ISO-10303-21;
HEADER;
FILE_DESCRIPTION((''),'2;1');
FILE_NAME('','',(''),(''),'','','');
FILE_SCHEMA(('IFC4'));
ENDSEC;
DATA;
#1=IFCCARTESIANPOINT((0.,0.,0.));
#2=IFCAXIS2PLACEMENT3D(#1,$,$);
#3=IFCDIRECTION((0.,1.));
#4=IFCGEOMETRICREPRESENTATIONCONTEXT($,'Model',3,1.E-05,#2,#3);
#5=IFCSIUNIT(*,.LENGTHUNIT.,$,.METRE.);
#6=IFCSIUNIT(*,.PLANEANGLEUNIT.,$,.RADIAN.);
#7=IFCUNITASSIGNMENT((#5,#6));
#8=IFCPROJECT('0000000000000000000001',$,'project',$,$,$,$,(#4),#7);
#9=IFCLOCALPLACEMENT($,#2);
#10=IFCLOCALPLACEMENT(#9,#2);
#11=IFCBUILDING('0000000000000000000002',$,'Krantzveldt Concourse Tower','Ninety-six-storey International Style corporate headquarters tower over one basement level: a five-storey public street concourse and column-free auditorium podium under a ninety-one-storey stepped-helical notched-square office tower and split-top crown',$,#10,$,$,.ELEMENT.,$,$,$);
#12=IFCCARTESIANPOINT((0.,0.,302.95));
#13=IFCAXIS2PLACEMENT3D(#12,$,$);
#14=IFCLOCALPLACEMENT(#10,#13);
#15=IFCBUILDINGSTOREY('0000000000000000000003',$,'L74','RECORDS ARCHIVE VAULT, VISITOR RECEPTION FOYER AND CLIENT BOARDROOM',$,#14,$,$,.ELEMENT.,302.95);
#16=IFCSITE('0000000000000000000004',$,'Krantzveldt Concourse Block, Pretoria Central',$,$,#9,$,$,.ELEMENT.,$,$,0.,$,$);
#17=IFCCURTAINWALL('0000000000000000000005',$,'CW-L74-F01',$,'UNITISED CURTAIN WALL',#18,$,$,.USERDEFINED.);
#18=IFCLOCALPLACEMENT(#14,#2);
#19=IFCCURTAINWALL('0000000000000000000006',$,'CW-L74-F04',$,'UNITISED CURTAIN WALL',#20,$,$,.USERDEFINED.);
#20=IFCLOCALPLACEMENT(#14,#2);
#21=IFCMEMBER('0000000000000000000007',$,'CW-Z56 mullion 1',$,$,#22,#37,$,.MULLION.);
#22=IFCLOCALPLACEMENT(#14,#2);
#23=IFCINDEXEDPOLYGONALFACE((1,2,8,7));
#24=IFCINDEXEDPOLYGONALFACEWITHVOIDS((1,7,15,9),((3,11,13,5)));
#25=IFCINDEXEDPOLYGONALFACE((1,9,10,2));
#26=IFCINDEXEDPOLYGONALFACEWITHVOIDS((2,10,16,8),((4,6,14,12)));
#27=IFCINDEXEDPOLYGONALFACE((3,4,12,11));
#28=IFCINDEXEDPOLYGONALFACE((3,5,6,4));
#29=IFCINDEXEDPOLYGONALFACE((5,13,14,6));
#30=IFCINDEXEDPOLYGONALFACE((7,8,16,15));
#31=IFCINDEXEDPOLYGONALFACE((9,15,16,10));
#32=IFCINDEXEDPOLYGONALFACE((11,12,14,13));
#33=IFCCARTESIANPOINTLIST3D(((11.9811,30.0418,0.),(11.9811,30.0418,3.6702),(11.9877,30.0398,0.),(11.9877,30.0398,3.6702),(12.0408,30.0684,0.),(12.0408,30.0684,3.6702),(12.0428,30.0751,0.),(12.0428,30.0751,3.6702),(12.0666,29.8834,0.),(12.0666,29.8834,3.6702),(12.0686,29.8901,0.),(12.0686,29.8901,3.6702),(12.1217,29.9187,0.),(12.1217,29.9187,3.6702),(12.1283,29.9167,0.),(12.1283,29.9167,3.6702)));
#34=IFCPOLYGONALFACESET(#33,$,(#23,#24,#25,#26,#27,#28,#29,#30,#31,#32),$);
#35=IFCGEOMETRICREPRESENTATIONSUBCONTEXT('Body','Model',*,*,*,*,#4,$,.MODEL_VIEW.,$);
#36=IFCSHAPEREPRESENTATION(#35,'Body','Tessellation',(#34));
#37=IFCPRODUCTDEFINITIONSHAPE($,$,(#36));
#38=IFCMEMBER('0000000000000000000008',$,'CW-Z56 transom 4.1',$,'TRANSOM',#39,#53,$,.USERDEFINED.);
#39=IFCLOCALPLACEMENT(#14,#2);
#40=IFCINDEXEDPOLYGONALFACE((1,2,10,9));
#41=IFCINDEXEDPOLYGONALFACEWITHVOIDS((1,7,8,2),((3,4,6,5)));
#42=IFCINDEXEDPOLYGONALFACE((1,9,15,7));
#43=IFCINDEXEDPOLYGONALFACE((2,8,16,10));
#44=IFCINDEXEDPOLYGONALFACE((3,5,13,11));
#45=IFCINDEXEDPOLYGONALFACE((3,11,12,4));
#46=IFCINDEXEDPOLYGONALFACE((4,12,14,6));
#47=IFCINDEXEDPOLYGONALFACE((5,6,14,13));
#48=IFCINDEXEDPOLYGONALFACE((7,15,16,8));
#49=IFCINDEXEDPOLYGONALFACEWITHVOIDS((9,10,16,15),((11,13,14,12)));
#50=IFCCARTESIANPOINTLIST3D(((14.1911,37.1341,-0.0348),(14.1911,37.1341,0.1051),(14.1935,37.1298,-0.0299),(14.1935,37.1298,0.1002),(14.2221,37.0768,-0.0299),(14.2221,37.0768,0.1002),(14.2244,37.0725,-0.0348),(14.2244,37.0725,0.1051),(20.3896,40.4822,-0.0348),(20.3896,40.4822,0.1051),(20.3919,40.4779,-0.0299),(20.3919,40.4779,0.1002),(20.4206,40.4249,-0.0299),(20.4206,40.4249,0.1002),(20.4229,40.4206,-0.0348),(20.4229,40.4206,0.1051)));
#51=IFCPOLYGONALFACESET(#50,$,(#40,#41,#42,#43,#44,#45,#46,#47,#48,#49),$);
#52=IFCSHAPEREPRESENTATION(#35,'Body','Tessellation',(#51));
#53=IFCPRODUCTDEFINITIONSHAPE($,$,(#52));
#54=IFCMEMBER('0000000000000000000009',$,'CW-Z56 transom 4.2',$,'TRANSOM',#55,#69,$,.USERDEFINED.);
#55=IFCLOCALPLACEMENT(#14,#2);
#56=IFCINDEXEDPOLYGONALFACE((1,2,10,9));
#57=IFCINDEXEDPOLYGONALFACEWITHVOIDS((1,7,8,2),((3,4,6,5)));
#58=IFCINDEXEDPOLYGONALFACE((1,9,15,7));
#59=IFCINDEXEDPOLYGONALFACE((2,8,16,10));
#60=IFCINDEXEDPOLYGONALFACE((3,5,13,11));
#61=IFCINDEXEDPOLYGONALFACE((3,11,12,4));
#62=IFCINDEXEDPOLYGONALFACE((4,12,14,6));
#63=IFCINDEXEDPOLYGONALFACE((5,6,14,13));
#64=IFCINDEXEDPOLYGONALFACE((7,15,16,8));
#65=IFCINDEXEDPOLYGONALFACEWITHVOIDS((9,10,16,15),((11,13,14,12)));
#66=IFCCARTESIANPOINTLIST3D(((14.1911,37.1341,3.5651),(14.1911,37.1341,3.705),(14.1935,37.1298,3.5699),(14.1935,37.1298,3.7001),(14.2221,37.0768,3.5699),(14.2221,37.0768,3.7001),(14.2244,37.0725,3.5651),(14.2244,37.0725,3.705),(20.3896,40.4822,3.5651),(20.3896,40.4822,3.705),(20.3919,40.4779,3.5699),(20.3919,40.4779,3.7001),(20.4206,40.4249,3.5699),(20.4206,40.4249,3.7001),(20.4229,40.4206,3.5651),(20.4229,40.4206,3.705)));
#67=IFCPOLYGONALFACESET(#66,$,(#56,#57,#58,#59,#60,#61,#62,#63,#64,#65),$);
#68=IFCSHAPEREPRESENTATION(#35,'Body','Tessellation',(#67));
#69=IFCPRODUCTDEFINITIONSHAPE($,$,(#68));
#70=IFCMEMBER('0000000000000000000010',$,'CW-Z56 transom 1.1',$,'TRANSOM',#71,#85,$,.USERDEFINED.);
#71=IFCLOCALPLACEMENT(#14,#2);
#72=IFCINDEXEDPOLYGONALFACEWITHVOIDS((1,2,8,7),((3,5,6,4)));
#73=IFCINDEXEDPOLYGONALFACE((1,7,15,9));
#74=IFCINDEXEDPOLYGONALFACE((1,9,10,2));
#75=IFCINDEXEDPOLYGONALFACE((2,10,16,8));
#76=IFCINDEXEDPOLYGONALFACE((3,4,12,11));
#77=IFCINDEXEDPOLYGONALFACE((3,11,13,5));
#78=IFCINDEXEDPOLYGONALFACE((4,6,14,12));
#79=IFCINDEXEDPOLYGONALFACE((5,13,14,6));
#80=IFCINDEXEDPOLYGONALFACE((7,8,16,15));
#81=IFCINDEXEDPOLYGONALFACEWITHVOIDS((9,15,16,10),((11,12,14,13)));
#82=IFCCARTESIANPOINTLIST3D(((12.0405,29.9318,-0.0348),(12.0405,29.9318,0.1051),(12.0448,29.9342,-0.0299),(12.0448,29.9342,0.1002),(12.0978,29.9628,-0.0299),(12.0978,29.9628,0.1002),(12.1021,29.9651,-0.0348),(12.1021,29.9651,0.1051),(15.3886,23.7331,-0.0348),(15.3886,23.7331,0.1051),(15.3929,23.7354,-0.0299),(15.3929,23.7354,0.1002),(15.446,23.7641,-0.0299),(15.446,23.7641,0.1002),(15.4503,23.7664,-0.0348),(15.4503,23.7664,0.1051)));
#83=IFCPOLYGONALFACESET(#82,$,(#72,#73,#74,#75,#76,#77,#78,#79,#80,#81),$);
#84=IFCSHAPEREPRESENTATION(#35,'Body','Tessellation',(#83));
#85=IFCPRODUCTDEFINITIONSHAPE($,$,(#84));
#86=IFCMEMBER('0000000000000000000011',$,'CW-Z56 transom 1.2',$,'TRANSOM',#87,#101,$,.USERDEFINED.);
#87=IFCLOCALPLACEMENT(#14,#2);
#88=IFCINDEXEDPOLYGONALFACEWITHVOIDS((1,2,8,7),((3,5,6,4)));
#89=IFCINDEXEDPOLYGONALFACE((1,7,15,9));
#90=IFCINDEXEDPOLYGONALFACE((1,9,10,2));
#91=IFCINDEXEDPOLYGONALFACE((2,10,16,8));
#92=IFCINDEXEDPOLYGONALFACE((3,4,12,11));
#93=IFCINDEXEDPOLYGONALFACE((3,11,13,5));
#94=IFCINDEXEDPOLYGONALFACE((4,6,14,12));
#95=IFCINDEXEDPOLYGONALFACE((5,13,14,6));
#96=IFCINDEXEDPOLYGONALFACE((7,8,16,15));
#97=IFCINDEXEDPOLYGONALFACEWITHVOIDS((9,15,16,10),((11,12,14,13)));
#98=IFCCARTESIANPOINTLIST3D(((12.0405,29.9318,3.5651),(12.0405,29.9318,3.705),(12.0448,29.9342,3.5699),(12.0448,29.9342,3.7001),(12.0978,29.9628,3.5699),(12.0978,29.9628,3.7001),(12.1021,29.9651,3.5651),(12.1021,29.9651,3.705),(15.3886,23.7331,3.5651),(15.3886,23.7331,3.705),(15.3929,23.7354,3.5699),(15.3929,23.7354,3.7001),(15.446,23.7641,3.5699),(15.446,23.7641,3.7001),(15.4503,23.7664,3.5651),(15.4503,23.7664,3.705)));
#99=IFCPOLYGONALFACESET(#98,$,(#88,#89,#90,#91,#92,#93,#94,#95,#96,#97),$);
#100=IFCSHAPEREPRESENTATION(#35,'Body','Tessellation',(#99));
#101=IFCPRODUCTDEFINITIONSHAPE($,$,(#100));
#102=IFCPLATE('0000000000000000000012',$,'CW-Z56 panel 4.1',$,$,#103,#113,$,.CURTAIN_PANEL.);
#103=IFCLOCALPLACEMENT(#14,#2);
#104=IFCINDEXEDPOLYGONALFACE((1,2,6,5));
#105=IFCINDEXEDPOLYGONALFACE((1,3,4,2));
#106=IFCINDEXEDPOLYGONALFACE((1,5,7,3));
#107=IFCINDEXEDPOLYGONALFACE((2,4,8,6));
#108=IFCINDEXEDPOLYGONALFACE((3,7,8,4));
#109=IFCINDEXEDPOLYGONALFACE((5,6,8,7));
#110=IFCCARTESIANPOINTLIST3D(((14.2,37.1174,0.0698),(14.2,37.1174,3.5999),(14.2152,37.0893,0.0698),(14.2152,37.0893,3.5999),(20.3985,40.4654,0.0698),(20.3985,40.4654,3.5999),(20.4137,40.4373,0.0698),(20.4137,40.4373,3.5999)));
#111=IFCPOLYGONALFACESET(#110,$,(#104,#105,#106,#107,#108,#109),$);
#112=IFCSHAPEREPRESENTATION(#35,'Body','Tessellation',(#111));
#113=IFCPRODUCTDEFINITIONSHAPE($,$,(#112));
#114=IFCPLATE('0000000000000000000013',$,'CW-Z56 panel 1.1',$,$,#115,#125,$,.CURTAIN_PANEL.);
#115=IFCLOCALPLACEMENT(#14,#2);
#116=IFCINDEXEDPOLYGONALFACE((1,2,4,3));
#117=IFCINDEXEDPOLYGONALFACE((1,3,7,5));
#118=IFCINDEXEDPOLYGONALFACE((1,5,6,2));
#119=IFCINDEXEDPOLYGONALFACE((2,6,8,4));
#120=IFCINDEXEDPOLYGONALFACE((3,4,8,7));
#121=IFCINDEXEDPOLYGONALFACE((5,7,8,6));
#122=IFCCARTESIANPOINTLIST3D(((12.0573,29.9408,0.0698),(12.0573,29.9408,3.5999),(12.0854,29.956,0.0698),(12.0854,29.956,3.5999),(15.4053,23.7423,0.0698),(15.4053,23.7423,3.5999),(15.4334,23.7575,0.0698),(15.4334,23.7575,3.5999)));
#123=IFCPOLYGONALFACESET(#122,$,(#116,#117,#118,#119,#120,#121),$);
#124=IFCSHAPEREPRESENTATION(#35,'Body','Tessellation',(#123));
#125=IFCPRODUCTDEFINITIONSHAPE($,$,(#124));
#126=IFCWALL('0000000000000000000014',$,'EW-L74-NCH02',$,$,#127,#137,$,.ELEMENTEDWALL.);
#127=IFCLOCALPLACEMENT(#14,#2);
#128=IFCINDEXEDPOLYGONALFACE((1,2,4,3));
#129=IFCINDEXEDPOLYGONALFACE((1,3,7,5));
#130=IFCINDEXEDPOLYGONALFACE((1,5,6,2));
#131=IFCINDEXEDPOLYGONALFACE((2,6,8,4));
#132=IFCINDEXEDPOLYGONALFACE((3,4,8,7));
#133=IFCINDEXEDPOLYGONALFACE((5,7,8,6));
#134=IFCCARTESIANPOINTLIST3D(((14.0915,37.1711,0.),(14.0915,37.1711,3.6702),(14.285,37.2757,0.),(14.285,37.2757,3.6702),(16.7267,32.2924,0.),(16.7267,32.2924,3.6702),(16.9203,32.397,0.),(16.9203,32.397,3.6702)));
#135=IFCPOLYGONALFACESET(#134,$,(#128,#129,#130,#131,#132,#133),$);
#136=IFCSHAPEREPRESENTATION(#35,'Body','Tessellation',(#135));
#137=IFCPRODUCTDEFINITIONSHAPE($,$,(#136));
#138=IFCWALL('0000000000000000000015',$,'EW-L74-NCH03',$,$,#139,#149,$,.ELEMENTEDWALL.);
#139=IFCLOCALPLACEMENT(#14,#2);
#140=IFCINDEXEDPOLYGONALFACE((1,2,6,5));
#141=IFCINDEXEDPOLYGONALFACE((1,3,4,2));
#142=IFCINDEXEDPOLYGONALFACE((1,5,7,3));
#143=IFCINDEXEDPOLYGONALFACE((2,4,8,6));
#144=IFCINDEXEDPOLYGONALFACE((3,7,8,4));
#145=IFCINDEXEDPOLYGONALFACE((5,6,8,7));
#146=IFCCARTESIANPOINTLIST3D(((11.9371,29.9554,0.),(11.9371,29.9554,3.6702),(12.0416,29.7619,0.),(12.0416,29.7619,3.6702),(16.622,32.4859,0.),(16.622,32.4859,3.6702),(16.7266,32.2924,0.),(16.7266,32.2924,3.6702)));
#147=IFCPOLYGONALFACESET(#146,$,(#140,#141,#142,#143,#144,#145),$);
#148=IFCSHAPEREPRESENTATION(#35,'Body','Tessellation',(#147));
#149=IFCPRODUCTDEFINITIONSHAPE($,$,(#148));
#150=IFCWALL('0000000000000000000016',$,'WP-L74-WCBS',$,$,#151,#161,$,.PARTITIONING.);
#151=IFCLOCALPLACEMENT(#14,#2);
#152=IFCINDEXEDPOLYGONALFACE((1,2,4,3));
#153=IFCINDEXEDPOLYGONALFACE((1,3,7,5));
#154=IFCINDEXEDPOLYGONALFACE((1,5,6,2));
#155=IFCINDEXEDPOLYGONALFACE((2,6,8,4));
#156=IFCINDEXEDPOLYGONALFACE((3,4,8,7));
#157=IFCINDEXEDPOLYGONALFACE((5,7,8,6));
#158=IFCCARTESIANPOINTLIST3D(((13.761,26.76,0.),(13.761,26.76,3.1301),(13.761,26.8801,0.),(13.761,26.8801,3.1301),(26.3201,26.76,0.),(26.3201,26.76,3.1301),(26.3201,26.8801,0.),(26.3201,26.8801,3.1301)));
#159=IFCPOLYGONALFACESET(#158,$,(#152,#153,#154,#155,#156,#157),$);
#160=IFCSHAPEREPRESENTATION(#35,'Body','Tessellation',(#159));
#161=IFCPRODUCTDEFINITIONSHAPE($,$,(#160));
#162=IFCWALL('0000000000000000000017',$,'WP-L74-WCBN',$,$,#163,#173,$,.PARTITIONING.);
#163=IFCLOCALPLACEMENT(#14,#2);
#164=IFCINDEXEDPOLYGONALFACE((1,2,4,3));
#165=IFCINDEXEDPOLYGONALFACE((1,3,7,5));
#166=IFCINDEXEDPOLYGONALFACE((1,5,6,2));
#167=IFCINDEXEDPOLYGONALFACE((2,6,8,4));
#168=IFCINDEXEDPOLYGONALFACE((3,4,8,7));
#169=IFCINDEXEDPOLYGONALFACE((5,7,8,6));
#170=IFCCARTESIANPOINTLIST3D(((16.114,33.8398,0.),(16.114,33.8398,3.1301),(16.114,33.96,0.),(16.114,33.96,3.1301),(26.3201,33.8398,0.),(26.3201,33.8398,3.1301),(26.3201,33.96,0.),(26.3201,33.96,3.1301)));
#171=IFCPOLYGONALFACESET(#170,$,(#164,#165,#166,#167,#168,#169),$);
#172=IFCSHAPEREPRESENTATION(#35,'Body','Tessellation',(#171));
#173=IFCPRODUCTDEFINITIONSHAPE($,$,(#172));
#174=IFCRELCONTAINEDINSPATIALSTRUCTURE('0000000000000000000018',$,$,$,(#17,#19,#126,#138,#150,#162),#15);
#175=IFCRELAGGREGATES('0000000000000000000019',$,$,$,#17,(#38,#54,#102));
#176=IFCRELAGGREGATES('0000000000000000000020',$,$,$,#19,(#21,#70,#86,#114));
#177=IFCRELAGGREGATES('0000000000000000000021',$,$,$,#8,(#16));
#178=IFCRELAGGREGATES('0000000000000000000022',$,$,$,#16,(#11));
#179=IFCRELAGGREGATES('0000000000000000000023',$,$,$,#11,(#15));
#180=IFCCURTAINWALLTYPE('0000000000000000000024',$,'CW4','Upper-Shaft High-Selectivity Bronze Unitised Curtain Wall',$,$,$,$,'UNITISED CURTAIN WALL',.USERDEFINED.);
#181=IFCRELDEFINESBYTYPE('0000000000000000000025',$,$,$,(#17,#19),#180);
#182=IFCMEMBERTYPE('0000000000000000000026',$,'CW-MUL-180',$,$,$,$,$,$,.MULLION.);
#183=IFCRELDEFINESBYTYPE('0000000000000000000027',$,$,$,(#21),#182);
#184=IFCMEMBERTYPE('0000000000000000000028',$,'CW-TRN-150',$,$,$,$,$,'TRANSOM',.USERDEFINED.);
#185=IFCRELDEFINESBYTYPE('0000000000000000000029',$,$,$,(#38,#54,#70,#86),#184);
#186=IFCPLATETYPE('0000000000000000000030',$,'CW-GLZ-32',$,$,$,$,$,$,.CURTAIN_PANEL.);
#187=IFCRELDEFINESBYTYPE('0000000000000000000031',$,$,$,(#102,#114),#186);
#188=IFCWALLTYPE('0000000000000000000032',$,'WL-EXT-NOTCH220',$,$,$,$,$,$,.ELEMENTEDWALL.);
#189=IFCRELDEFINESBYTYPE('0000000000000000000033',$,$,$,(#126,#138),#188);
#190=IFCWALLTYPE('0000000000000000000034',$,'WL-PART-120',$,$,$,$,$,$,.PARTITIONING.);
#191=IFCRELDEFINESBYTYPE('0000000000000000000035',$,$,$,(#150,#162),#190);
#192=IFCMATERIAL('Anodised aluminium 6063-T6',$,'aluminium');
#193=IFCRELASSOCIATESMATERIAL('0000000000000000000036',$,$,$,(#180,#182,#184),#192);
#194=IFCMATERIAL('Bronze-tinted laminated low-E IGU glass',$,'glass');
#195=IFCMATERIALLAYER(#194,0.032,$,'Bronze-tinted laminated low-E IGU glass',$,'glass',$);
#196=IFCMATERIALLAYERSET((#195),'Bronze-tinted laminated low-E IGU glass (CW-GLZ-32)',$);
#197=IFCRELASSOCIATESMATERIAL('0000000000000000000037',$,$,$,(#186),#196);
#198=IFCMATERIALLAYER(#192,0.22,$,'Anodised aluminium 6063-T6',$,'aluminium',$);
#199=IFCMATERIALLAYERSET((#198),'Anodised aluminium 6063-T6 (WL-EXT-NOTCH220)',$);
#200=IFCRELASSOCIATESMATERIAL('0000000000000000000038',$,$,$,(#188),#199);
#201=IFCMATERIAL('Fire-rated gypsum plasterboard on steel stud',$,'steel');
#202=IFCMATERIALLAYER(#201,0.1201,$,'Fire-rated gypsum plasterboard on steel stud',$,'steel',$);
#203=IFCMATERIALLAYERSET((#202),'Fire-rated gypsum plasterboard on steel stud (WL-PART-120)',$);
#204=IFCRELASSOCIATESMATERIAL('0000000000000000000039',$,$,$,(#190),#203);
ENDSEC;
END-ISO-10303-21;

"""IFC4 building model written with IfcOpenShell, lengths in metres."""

from ifc_helpers import new_model, si_unit, direction, frame, frame_2d, origin, origin_2d, place, context, subcontext, project, spatial, rectangle, hollow_rectangle, extrude, source, transform, mapped, material, layer, layer_set, material_profile, profile_set, type_object, type_shapes, element, aggregate, save


model = new_model("IFC4")

# Units and contexts
model_context = context("Model", 3, precision=1e-05, world=origin(), true_north=direction((0.0, 1.0)))
body_context = subcontext(model_context, "Body", "Model", "MODEL_VIEW")
ifc_project = project(units=[si_unit("LENGTHUNIT", "METRE"), si_unit("PLANEANGLEUNIT", "RADIAN")], contexts=[model_context])

# Site, building, storey
site_placement = place(None, origin())
site = spatial("IfcSite", under=ifc_project, at=site_placement, Name="Krantzveldt Concourse Block, Pretoria Central", CompositionType="ELEMENT", RefElevation=0.0)
building_placement = place(site_placement, origin())
building = spatial("IfcBuilding", under=site, at=building_placement, Name="Krantzveldt Concourse Tower", Description="Ninety-six-storey International Style corporate headquarters tower over one basement level: a five-storey public street concourse and column-free auditorium podium under a ninety-one-storey stepped-helical notched-square office tower and split-top crown", CompositionType="ELEMENT")
storey_placement = place(building_placement, frame((0.0, 0.0, 302.95)))
storey = spatial("IfcBuildingStorey", under=building, at=storey_placement, Name="L74", Description="RECORDS ARCHIVE VAULT, VISITOR RECEPTION FOYER AND CLIENT BOARDROOM", CompositionType="ELEMENT", Elevation=302.95)

# Curtain wall
ifc_material_1 = material(Name="Anodised aluminium 6063-T6", Category="aluminium")
curtain_wall_type = type_object("IfcCurtainWallType", Name="CW4", Description="Upper-Shaft High-Selectivity Bronze Unitised Curtain Wall", ElementType="UNITISED CURTAIN WALL", PredefinedType="USERDEFINED", material=ifc_material_1)
curtain_wall_1_placement = place(storey_placement, origin())
curtain_wall_1 = element("IfcCurtainWall", 1, at=curtain_wall_1_placement, inside=storey, type_object=curtain_wall_type, Name="CW-L74-F01", ObjectType="UNITISED CURTAIN WALL", PredefinedType="USERDEFINED")
ifc_material_profile_1 = material_profile(ifc_material_1, hollow_rectangle(XDim=0.0701, YDim=0.1799, WallThickness=0.0049, at=origin_2d()), Name="Anodised aluminium 6063-T6", Category="aluminium")
ifc_profile_set_1 = profile_set([ifc_material_profile_1], Name="Anodised aluminium 6063-T6 - ALU-MULL 180x70x5")
member_type_1 = type_object("IfcMemberType", Name="CW-MUL-180", PredefinedType="MULLION", material=ifc_profile_set_1)
shared_shape_1 = source(origin(), body_context, "Body", "SweptSolid", [
    extrude(hollow_rectangle(XDim=0.0701, YDim=0.1799, WallThickness=0.0049, at=origin_2d()), origin(), (0.0, 0.0, 1.0), 3.6702),
])
type_shapes(member_type_1, [shared_shape_1])

# Curtain wall, member
curtain_wall_2_placement = place(storey_placement, origin())
curtain_wall_2 = element("IfcCurtainWall", 2, at=curtain_wall_2_placement, inside=storey, type_object=curtain_wall_type, Name="CW-L74-F04", ObjectType="UNITISED CURTAIN WALL", PredefinedType="USERDEFINED")
member_1_placement = place(storey_placement, frame((12.0547, 29.9792, 0.0), z_axis=(0.0, 0.0, 1.0), x_axis=(0.879856, 0.47524, 0.0)))
member_1 = element("IfcMember", 3, at=member_1_placement, type_object=member_type_1, Name="CW-Z56 mullion 1", PredefinedType="MULLION", context=body_context, shape_type="MappedRepresentation", body=[
    mapped(shared_shape_1, transform((0.0, 0.0, 0.0), x_axis=(1.0, 0.0, 0.0), y_axis=(0.0, 1.0, 0.0), z_axis=(0.0, 0.0, 1.0), scale=1.0)),
])

# Members
ifc_material_profile_2 = material_profile(ifc_material_1, hollow_rectangle(XDim=0.0701, YDim=0.1399, WallThickness=0.0049, at=origin_2d()), Name="Anodised aluminium 6063-T6", Category="aluminium")
ifc_profile_set_2 = profile_set([ifc_material_profile_2], Name="Anodised aluminium 6063-T6 - ALU-TRAN 140x70x5")
member_type_2 = type_object("IfcMemberType", Name="CW-TRN-150", ElementType="TRANSOM", PredefinedType="USERDEFINED", material=ifc_profile_set_2)
shared_shape_2 = source(origin(), body_context, "Body", "SweptSolid", [
    extrude(hollow_rectangle(XDim=0.0701, YDim=0.1399, WallThickness=0.0049, at=origin_2d()), origin(), (0.0, 0.0, 1.0), 7.0449),
])
member_2_placement = place(storey_placement, frame((20.4062, 40.4514, 0.0352), z_axis=(-0.879848, -0.475255, 0.0), x_axis=(0.475255, -0.879848, 0.0)))
member_2 = element("IfcMember", 4, at=member_2_placement, type_object=member_type_2, Name="CW-Z56 transom 4.1", ObjectType="TRANSOM", PredefinedType="USERDEFINED", context=body_context, shape_type="MappedRepresentation", body=[
    mapped(shared_shape_2, transform((0.0, 0.0, 0.0), x_axis=(1.0, 0.0, 0.0), y_axis=(0.0, 1.0, 0.0), z_axis=(0.0, 0.0, 1.0), scale=1.0)),
])
member_3_placement = place(storey_placement, frame((20.4062, 40.4514, 3.635), z_axis=(-0.879848, -0.475255, 0.0), x_axis=(0.475255, -0.879848, 0.0)))
member_3 = element("IfcMember", 5, at=member_3_placement, type_object=member_type_2, Name="CW-Z56 transom 4.2", ObjectType="TRANSOM", PredefinedType="USERDEFINED", context=body_context, shape_type="MappedRepresentation", body=[
    mapped(shared_shape_2, transform((0.0, 0.0, 0.0), x_axis=(1.0, 0.0, 0.0), y_axis=(0.0, 1.0, 0.0), z_axis=(0.0, 0.0, 1.0), scale=1.0)),
])
shared_shape_3 = source(origin(), body_context, "Body", "SweptSolid", [
    extrude(hollow_rectangle(XDim=0.0701, YDim=0.1399, WallThickness=0.0049, at=origin_2d()), origin(), (0.0, 0.0, 1.0), 7.0452),
])
type_shapes(member_type_2, [shared_shape_2, shared_shape_3])
member_4_placement = place(storey_placement, frame((12.0713, 29.9485, 0.0352), z_axis=(0.47524, -0.879856, 0.0), x_axis=(0.879856, 0.47524, 0.0)))
member_4 = element("IfcMember", 6, at=member_4_placement, type_object=member_type_2, Name="CW-Z56 transom 1.1", ObjectType="TRANSOM", PredefinedType="USERDEFINED", context=body_context, shape_type="MappedRepresentation", body=[
    mapped(shared_shape_3, transform((0.0, 0.0, 0.0), x_axis=(1.0, 0.0, 0.0), y_axis=(0.0, 1.0, 0.0), z_axis=(0.0, 0.0, 1.0), scale=1.0)),
])
member_5_placement = place(storey_placement, frame((12.0713, 29.9485, 3.635), z_axis=(0.47524, -0.879856, 0.0), x_axis=(0.879856, 0.47524, 0.0)))
member_5 = element("IfcMember", 7, at=member_5_placement, type_object=member_type_2, Name="CW-Z56 transom 1.2", ObjectType="TRANSOM", PredefinedType="USERDEFINED", context=body_context, shape_type="MappedRepresentation", body=[
    mapped(shared_shape_3, transform((0.0, 0.0, 0.0), x_axis=(1.0, 0.0, 0.0), y_axis=(0.0, 1.0, 0.0), z_axis=(0.0, 0.0, 1.0), scale=1.0)),
])

# Plates
ifc_material_2 = material(Name="Bronze-tinted laminated low-E IGU glass", Category="glass")
ifc_layer_1 = layer(ifc_material_2, 0.032, Name="Bronze-tinted laminated low-E IGU glass", Category="glass")
ifc_layer_set_1 = layer_set([ifc_layer_1], Name="Bronze-tinted laminated low-E IGU glass (CW-GLZ-32)")
plate_type = type_object("IfcPlateType", Name="CW-GLZ-32", PredefinedType="CURTAIN_PANEL", material=ifc_layer_set_1)
shared_shape_4 = source(origin(), body_context, "Body", "SweptSolid", [
    extrude(rectangle(XDim=7.0449, YDim=0.032, at=origin_2d()), origin(), (0.0, 0.0, 1.0), 3.53),
])
type_shapes(plate_type, [shared_shape_4])
plate_1_placement = place(storey_placement, frame((17.3069, 38.7773, 0.0698), z_axis=(0.0, 0.0, 1.0), x_axis=(-0.879856, -0.47524, 0.0)))
plate_1 = element("IfcPlate", 8, at=plate_1_placement, type_object=plate_type, Name="CW-Z56 panel 4.1", PredefinedType="CURTAIN_PANEL", context=body_context, shape_type="MappedRepresentation", body=[
    mapped(shared_shape_4, transform((0.0, 0.0, 0.0), x_axis=(1.0, 0.0, 0.0), y_axis=(0.0, 1.0, 0.0), z_axis=(0.0, 0.0, 1.0), scale=1.0)),
])
aggregate(curtain_wall_1, [member_2, member_3, plate_1])
plate_2_placement = place(storey_placement, frame((13.7454, 26.8491, 0.0698), z_axis=(0.0, 0.0, 1.0), x_axis=(0.47524, -0.879856, 0.0)))
plate_2 = element("IfcPlate", 9, at=plate_2_placement, type_object=plate_type, Name="CW-Z56 panel 1.1", PredefinedType="CURTAIN_PANEL", context=body_context, shape_type="MappedRepresentation", body=[
    mapped(shared_shape_4, transform((0.0, 0.0, 0.0), x_axis=(1.0, 0.0, 0.0), y_axis=(0.0, 1.0, 0.0), z_axis=(0.0, 0.0, 1.0), scale=1.0)),
])
aggregate(curtain_wall_2, [member_1, member_4, member_5, plate_2])

# Walls
ifc_layer_2 = layer(ifc_material_1, 0.22, Name="Anodised aluminium 6063-T6", Category="aluminium")
ifc_layer_set_2 = layer_set([ifc_layer_2], Name="Anodised aluminium 6063-T6 (WL-EXT-NOTCH220)")
wall_type_1 = type_object("IfcWallType", Name="WL-EXT-NOTCH220", PredefinedType="ELEMENTEDWALL", material=ifc_layer_set_2)
wall_1_placement = place(storey_placement, frame((14.1882, 37.2234, 0.0), z_axis=(0.0, 0.0, 1.0), x_axis=(0.475257, -0.879847, 0.0)))
element("IfcWall", 10, at=wall_1_placement, inside=storey, type_object=wall_type_1, Name="EW-L74-NCH02", PredefinedType="ELEMENTEDWALL", context=body_context, shape_type="SweptSolid", body=[
    extrude(rectangle(XDim=5.5449, YDim=0.22, at=frame_2d((2.7725, 0.0))), origin(), (0.0, 0.0, 1.0), 3.6702),
])
wall_2_placement = place(storey_placement, frame((16.6743, 32.3892, 0.0), z_axis=(0.0, 0.0, 1.0), x_axis=(-0.879859, -0.475234, 0.0)))
element("IfcWall", 11, at=wall_2_placement, inside=storey, type_object=wall_type_1, Name="EW-L74-NCH03", PredefinedType="ELEMENTEDWALL", context=body_context, shape_type="SweptSolid", body=[
    extrude(rectangle(XDim=5.3247, YDim=0.22, at=frame_2d((2.6624, 0.0))), origin(), (0.0, 0.0, 1.0), 3.6702),
])
ifc_material_3 = material(Name="Fire-rated gypsum plasterboard on steel stud", Category="steel")
ifc_layer_3 = layer(ifc_material_3, 0.1201, Name="Fire-rated gypsum plasterboard on steel stud", Category="steel")
ifc_layer_set_3 = layer_set([ifc_layer_3], Name="Fire-rated gypsum plasterboard on steel stud (WL-PART-120)")
wall_type_2 = type_object("IfcWallType", Name="WL-PART-120", PredefinedType="PARTITIONING", material=ifc_layer_set_3)
wall_3_placement = place(storey_placement, frame((13.761, 26.8201, 0.0), z_axis=(0.0, 0.0, 1.0), x_axis=(1.0, 0.0, 0.0)))
element("IfcWall", 12, at=wall_3_placement, inside=storey, type_object=wall_type_2, Name="WP-L74-WCBS", PredefinedType="PARTITIONING", context=body_context, shape_type="SweptSolid", body=[
    extrude(rectangle(XDim=12.5591, YDim=0.1201, at=frame_2d((6.2795, 0.0))), origin(), (0.0, 0.0, 1.0), 3.1301),
])
wall_4_placement = place(storey_placement, frame((16.114, 33.8999, 0.0), z_axis=(0.0, 0.0, 1.0), x_axis=(1.0, 0.0, 0.0)))
element("IfcWall", 13, at=wall_4_placement, inside=storey, type_object=wall_type_2, Name="WP-L74-WCBN", PredefinedType="PARTITIONING", context=body_context, shape_type="SweptSolid", body=[
    extrude(rectangle(XDim=10.2061, YDim=0.1201, at=frame_2d((5.103, 0.0))), origin(), (0.0, 0.0, 1.0), 3.1301),
])

save(model, "model.ifc")
